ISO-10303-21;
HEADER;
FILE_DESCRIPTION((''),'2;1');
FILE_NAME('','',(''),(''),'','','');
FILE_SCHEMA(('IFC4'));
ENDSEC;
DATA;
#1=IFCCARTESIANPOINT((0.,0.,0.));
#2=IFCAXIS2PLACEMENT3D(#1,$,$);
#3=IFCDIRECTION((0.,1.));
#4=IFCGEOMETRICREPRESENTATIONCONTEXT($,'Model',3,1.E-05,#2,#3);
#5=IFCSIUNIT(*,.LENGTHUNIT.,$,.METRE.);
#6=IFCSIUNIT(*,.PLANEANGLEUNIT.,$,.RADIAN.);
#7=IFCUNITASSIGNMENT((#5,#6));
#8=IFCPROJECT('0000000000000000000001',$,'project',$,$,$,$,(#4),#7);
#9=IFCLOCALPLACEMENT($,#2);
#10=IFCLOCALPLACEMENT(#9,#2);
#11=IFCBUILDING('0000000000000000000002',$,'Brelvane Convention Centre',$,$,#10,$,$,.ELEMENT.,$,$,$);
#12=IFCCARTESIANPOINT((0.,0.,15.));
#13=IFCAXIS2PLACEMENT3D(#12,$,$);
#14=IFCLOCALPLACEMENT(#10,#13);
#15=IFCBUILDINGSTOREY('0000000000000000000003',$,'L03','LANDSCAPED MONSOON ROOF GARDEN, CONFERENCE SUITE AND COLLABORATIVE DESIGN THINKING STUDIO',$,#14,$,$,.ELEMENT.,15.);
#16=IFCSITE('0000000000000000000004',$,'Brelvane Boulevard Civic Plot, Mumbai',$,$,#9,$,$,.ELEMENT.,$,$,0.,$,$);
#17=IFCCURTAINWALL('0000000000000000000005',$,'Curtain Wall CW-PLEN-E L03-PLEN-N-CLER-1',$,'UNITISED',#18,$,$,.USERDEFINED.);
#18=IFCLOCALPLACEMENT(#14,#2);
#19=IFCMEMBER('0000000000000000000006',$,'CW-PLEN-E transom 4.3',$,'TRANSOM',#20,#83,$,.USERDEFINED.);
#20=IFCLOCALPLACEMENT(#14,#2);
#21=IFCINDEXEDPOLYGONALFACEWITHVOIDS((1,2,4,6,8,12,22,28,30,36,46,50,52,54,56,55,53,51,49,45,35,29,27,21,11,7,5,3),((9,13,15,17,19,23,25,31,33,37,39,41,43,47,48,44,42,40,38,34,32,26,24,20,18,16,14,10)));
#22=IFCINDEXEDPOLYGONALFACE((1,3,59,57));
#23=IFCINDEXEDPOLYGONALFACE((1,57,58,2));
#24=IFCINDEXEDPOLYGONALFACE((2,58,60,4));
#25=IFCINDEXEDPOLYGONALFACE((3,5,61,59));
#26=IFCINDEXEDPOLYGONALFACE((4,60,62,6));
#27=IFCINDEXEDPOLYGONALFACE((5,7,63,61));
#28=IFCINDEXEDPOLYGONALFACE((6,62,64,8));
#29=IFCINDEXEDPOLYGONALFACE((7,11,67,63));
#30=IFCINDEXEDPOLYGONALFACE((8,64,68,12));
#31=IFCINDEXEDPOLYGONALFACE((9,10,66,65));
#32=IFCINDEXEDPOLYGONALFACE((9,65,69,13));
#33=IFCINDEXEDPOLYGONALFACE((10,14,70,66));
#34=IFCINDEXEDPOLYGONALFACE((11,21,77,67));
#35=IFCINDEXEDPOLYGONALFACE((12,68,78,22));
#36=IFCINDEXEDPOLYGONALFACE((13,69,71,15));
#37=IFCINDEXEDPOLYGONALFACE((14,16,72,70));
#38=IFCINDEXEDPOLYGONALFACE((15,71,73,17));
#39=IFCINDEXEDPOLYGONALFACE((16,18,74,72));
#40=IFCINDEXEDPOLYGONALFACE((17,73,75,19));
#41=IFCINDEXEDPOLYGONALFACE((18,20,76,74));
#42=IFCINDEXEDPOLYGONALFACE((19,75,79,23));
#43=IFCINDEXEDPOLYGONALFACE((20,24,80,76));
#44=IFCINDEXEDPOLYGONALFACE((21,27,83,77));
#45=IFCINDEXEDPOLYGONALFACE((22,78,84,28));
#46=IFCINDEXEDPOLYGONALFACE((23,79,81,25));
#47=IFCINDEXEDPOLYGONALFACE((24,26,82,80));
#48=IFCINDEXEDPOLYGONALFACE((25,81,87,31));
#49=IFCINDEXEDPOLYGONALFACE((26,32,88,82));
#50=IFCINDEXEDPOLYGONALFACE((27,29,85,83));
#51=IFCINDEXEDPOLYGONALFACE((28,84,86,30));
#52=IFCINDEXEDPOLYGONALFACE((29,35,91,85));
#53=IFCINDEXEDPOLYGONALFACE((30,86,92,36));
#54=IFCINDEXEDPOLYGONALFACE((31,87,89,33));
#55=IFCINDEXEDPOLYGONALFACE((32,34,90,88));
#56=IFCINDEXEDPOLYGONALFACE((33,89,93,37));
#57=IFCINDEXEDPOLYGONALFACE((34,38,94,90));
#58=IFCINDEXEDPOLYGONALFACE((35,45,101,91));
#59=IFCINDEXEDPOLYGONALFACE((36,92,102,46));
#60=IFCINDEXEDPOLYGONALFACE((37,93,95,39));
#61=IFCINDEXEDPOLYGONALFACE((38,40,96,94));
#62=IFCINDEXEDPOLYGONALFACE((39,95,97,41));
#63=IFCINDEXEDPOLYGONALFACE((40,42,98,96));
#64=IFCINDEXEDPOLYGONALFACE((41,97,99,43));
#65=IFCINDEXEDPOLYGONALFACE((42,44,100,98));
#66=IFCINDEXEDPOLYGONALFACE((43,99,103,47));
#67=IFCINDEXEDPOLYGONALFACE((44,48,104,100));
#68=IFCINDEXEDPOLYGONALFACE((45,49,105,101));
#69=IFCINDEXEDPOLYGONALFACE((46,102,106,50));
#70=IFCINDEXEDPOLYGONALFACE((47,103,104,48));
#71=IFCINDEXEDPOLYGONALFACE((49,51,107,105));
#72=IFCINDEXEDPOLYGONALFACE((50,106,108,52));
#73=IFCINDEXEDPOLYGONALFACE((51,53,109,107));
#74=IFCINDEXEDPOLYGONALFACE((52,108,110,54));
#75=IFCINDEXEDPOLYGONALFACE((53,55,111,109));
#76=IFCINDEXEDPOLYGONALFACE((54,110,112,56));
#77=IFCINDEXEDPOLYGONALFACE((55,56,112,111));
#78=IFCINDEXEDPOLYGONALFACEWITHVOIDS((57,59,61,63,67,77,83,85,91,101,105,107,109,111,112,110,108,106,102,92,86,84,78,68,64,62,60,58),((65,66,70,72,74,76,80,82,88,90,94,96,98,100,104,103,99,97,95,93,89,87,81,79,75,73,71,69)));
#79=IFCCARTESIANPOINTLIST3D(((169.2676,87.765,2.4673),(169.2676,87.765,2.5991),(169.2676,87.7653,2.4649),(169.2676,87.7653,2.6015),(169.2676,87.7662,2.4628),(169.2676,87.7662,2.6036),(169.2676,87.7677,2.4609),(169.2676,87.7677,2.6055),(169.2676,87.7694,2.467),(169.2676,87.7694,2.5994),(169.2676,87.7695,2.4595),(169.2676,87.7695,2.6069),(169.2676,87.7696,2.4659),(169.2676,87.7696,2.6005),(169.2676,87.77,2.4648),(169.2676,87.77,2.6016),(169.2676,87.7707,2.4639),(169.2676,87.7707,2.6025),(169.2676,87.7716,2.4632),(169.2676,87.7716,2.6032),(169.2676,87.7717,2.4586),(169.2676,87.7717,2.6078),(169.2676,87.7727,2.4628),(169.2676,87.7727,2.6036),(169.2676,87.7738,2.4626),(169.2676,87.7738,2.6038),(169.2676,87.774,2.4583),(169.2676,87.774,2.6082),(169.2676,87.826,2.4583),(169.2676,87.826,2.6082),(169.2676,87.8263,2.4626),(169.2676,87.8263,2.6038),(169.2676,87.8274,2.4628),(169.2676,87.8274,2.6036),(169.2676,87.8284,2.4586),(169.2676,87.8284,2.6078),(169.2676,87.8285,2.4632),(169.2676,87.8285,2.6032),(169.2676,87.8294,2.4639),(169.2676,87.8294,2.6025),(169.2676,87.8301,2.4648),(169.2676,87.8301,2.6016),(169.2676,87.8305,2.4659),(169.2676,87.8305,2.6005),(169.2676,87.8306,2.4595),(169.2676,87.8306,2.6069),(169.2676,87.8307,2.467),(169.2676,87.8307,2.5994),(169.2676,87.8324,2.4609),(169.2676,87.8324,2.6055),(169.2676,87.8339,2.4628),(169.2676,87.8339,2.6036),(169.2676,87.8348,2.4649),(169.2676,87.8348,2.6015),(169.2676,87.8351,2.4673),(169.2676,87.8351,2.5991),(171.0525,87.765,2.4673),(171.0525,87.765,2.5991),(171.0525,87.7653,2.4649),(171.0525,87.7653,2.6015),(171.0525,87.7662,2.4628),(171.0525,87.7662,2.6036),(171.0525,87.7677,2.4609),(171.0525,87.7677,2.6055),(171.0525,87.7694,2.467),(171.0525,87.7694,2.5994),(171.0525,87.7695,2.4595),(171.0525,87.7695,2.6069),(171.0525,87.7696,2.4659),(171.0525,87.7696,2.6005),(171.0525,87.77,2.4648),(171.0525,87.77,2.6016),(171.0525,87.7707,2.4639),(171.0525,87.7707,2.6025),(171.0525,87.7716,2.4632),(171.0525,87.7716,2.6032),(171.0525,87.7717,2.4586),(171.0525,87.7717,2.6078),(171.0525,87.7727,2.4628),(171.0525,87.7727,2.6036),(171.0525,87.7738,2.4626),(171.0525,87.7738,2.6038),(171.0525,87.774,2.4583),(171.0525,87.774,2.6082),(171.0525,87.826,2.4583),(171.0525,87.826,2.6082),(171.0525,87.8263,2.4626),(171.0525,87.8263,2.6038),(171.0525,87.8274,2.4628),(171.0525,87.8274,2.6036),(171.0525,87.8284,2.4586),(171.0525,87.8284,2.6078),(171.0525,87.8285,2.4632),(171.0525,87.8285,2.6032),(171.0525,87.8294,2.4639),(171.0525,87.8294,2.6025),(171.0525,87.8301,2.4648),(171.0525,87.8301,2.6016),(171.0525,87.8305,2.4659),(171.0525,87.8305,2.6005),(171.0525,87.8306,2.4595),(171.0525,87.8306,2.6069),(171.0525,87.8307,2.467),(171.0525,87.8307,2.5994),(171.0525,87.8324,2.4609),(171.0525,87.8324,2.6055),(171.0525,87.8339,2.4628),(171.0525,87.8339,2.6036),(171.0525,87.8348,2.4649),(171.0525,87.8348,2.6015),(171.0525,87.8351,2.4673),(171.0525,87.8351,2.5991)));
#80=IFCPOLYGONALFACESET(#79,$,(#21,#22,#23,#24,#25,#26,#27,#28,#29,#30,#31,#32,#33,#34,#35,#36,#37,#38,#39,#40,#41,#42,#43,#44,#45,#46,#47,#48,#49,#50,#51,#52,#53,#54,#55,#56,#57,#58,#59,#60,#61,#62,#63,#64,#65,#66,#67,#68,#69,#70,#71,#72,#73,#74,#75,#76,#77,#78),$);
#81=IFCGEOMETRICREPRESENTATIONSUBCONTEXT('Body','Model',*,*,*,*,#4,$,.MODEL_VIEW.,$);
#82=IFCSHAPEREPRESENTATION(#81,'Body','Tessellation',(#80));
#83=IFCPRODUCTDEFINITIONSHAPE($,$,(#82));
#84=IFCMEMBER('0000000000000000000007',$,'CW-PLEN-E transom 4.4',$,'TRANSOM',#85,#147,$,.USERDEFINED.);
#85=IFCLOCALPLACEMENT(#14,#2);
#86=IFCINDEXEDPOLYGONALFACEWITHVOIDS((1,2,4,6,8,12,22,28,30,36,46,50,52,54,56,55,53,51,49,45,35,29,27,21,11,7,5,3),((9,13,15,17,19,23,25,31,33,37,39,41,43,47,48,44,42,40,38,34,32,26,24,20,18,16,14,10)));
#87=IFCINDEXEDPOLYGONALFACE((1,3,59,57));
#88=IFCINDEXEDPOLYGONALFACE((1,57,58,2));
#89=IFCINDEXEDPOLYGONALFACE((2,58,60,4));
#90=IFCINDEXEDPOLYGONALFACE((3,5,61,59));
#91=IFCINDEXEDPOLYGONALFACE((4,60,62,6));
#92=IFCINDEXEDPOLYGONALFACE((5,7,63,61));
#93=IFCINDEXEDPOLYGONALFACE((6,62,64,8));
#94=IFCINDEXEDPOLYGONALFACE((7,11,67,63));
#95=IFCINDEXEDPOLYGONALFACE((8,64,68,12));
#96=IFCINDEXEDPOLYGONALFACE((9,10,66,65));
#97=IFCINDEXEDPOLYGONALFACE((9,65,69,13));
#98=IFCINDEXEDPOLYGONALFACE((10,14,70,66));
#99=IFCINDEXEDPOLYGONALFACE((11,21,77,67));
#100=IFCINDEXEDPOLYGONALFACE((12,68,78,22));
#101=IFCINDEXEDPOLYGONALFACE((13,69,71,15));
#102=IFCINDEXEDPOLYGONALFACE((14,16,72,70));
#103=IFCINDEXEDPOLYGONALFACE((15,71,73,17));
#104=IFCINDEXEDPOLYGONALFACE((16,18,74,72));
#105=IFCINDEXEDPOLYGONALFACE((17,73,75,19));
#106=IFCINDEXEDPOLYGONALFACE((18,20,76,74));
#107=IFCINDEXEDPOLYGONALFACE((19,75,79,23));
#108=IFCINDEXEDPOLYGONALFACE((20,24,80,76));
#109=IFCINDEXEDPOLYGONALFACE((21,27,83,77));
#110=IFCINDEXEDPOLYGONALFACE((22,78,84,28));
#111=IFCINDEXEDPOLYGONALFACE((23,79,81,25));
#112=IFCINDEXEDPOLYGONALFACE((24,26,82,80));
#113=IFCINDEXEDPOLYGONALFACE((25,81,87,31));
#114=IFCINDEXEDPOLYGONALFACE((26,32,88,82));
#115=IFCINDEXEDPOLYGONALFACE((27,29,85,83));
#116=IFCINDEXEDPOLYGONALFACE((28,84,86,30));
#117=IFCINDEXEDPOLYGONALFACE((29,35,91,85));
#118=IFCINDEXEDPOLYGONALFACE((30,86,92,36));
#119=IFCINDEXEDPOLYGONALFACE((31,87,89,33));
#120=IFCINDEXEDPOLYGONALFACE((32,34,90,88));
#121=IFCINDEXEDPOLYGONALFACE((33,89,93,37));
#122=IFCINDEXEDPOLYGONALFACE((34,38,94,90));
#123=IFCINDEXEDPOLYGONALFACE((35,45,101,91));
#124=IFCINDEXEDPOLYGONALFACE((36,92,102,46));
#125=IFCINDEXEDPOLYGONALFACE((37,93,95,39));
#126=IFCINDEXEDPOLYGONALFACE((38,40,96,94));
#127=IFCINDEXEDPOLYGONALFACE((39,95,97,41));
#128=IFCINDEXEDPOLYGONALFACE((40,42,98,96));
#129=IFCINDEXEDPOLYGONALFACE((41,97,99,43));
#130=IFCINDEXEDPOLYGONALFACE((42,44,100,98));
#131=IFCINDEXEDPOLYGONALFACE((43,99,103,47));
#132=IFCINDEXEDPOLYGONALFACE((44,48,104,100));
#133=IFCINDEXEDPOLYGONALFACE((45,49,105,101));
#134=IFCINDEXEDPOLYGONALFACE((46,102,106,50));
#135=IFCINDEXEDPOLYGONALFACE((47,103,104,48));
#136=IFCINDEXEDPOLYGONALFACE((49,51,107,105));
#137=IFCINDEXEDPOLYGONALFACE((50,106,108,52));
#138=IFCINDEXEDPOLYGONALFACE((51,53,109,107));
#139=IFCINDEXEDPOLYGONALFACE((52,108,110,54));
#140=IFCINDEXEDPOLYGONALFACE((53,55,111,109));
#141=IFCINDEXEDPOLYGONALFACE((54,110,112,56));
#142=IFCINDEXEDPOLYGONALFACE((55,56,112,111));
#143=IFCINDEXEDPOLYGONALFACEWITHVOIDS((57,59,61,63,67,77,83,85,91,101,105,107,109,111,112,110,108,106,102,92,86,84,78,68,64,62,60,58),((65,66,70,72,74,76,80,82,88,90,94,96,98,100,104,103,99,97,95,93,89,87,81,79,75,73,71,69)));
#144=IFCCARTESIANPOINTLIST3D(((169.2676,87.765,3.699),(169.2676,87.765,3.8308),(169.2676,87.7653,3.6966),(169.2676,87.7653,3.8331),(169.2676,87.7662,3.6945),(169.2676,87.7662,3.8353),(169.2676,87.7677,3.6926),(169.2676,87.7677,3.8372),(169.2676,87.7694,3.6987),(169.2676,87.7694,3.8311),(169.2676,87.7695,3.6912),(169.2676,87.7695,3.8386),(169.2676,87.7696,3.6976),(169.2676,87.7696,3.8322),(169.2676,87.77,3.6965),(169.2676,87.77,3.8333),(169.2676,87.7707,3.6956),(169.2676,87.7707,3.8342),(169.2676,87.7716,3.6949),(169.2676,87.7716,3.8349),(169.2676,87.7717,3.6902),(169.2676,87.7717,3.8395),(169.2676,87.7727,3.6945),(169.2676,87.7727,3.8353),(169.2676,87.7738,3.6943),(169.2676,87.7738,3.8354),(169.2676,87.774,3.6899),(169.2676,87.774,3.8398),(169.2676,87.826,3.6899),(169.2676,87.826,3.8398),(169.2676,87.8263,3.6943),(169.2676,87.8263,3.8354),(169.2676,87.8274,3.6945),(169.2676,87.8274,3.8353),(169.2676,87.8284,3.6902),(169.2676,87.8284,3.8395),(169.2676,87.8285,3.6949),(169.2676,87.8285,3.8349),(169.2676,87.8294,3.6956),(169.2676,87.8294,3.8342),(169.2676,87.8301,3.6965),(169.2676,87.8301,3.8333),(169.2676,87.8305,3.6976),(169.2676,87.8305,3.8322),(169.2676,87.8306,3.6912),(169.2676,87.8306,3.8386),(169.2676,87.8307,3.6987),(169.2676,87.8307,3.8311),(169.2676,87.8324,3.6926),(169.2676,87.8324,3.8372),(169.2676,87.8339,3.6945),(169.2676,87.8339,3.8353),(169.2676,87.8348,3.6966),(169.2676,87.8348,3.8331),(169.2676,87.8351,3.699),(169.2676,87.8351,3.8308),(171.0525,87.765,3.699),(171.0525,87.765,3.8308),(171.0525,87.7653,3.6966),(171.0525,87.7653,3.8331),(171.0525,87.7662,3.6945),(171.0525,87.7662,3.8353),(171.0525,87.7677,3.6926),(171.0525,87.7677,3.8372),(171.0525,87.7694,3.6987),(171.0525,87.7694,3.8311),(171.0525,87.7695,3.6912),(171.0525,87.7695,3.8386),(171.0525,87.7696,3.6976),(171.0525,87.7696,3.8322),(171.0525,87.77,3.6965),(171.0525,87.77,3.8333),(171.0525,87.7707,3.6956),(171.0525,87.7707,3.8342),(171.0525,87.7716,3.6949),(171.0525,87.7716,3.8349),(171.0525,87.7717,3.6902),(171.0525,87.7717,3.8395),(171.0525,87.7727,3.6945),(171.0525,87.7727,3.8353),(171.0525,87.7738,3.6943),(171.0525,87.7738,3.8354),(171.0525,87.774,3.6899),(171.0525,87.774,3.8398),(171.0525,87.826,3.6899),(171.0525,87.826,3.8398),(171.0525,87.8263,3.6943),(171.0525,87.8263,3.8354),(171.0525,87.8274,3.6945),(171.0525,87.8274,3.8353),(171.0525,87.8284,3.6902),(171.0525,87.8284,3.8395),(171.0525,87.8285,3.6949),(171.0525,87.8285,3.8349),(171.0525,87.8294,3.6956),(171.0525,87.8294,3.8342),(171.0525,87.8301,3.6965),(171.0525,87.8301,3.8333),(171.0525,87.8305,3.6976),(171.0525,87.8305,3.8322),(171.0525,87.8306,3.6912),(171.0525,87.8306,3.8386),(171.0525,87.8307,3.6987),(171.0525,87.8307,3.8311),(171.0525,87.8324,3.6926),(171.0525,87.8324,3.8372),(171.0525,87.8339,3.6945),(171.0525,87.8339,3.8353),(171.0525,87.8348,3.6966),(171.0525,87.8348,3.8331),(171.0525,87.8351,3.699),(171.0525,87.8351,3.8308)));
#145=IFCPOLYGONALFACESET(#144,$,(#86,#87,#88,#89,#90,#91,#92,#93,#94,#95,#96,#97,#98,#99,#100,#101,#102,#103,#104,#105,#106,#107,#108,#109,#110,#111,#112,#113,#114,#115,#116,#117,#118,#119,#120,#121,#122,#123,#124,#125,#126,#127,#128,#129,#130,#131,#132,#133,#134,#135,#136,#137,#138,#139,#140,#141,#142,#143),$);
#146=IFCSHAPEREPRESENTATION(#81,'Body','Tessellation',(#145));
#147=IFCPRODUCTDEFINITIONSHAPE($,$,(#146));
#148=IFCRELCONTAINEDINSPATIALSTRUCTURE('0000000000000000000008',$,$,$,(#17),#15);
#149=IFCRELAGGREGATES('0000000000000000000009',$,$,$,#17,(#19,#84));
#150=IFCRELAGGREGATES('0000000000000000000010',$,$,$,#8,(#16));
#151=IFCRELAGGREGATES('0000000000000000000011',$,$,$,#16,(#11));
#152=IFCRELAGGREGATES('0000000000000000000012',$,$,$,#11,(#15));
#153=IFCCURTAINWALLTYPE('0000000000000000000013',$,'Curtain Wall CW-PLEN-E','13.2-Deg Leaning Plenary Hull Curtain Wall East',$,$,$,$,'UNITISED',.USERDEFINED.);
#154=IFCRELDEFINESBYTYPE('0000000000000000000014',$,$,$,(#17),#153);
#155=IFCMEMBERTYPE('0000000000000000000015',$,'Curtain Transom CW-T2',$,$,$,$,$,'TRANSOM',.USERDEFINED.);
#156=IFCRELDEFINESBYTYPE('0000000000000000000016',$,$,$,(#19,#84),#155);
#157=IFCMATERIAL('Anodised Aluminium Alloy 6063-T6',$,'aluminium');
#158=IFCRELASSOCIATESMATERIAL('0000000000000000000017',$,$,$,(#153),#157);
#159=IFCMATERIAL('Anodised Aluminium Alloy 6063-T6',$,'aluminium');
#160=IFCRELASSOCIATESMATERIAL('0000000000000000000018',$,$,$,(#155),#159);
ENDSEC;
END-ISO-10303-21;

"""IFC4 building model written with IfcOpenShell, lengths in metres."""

from ifc_helpers import new_model, si_unit, direction, frame, origin, origin_2d, place, context, subcontext, project, spatial, hollow_rectangle, extrude, material, material_profile, profile_set, type_object, element, aggregate, save


model = new_model("IFC4")

# Units and contexts
model_context = context("Model", 3, precision=1e-05, world=origin(), true_north=direction((0.0, 1.0)))
body_context = subcontext(model_context, "Body", "Model", "MODEL_VIEW")
ifc_project = project(units=[si_unit("LENGTHUNIT", "METRE"), si_unit("PLANEANGLEUNIT", "RADIAN")], contexts=[model_context])

# Site, building, storey
site_placement = place(None, origin())
site = spatial("IfcSite", under=ifc_project, at=site_placement, Name="Brelvane Boulevard Civic Plot, Mumbai", CompositionType="ELEMENT", RefElevation=0.0)
building_placement = place(site_placement, origin())
building = spatial("IfcBuilding", under=site, at=building_placement, Name="Brelvane Convention Centre", CompositionType="ELEMENT")
storey_placement = place(building_placement, frame((0.0, 0.0, 15.0)))
storey = spatial("IfcBuildingStorey", under=building, at=storey_placement, Name="L03", Description="LANDSCAPED MONSOON ROOF GARDEN, CONFERENCE SUITE AND COLLABORATIVE DESIGN THINKING STUDIO", CompositionType="ELEMENT", Elevation=15.0)

# Curtain wall
ifc_material_1 = material(Name="Anodised Aluminium Alloy 6063-T6", Category="aluminium")
curtain_wall_type = type_object("IfcCurtainWallType", Name="Curtain Wall CW-PLEN-E", Description="13.2-Deg Leaning Plenary Hull Curtain Wall East", ElementType="UNITISED", PredefinedType="USERDEFINED", material=ifc_material_1)
curtain_wall_1_placement = place(storey_placement, origin())
curtain_wall_1 = element("IfcCurtainWall", 1, at=curtain_wall_1_placement, inside=storey, type_object=curtain_wall_type, Name="Curtain Wall CW-PLEN-E L03-PLEN-N-CLER-1", ObjectType="UNITISED", PredefinedType="USERDEFINED")

# Members
ifc_material_2 = material(Name="Anodised Aluminium Alloy 6063-T6", Category="aluminium")
ifc_material_profile_1 = material_profile(ifc_material_2, hollow_rectangle(XDim=0.0701, YDim=0.1499, WallThickness=0.0044, InnerFilletRadius=0.0044, OuterFilletRadius=0.009, at=origin_2d()), Name="ALU-T 150x70x4.5")
ifc_profile_set_1 = profile_set([ifc_material_profile_1], Name="Anodised Aluminium Alloy 6063-T6")
member_type_1 = type_object("IfcMemberType", Name="Curtain Transom CW-T2", ElementType="TRANSOM", PredefinedType="USERDEFINED", material=ifc_profile_set_1)
member_1_placement = place(storey_placement, frame((169.2676, 87.8, 2.5332), z_axis=(1.0, 0.0, 0.0), x_axis=(0.0, 1.0, 0.0)))
member_1 = element("IfcMember", 2, at=member_1_placement, type_object=member_type_1, Name="CW-PLEN-E transom 4.3", ObjectType="TRANSOM", PredefinedType="USERDEFINED", context=body_context, shape_type="SweptSolid", body=[
    extrude(hollow_rectangle(XDim=0.0701, YDim=0.1499, WallThickness=0.0044, InnerFilletRadius=0.0044, OuterFilletRadius=0.009, at=origin_2d()), origin(), (0.0, 0.0, 1.0), 1.7849),
])
member_2_placement = place(storey_placement, frame((169.2676, 87.8, 3.7649), z_axis=(1.0, 0.0, 0.0), x_axis=(0.0, 1.0, 0.0)))
member_2 = element("IfcMember", 3, at=member_2_placement, type_object=member_type_1, Name="CW-PLEN-E transom 4.4", ObjectType="TRANSOM", PredefinedType="USERDEFINED", context=body_context, shape_type="SweptSolid", body=[
    extrude(hollow_rectangle(XDim=0.0701, YDim=0.1499, WallThickness=0.0044, InnerFilletRadius=0.0044, OuterFilletRadius=0.009, at=origin_2d()), origin(), (0.0, 0.0, 1.0), 1.7849),
])

aggregate(curtain_wall_1, [member_1, member_2])

save(model, "model.ifc")
